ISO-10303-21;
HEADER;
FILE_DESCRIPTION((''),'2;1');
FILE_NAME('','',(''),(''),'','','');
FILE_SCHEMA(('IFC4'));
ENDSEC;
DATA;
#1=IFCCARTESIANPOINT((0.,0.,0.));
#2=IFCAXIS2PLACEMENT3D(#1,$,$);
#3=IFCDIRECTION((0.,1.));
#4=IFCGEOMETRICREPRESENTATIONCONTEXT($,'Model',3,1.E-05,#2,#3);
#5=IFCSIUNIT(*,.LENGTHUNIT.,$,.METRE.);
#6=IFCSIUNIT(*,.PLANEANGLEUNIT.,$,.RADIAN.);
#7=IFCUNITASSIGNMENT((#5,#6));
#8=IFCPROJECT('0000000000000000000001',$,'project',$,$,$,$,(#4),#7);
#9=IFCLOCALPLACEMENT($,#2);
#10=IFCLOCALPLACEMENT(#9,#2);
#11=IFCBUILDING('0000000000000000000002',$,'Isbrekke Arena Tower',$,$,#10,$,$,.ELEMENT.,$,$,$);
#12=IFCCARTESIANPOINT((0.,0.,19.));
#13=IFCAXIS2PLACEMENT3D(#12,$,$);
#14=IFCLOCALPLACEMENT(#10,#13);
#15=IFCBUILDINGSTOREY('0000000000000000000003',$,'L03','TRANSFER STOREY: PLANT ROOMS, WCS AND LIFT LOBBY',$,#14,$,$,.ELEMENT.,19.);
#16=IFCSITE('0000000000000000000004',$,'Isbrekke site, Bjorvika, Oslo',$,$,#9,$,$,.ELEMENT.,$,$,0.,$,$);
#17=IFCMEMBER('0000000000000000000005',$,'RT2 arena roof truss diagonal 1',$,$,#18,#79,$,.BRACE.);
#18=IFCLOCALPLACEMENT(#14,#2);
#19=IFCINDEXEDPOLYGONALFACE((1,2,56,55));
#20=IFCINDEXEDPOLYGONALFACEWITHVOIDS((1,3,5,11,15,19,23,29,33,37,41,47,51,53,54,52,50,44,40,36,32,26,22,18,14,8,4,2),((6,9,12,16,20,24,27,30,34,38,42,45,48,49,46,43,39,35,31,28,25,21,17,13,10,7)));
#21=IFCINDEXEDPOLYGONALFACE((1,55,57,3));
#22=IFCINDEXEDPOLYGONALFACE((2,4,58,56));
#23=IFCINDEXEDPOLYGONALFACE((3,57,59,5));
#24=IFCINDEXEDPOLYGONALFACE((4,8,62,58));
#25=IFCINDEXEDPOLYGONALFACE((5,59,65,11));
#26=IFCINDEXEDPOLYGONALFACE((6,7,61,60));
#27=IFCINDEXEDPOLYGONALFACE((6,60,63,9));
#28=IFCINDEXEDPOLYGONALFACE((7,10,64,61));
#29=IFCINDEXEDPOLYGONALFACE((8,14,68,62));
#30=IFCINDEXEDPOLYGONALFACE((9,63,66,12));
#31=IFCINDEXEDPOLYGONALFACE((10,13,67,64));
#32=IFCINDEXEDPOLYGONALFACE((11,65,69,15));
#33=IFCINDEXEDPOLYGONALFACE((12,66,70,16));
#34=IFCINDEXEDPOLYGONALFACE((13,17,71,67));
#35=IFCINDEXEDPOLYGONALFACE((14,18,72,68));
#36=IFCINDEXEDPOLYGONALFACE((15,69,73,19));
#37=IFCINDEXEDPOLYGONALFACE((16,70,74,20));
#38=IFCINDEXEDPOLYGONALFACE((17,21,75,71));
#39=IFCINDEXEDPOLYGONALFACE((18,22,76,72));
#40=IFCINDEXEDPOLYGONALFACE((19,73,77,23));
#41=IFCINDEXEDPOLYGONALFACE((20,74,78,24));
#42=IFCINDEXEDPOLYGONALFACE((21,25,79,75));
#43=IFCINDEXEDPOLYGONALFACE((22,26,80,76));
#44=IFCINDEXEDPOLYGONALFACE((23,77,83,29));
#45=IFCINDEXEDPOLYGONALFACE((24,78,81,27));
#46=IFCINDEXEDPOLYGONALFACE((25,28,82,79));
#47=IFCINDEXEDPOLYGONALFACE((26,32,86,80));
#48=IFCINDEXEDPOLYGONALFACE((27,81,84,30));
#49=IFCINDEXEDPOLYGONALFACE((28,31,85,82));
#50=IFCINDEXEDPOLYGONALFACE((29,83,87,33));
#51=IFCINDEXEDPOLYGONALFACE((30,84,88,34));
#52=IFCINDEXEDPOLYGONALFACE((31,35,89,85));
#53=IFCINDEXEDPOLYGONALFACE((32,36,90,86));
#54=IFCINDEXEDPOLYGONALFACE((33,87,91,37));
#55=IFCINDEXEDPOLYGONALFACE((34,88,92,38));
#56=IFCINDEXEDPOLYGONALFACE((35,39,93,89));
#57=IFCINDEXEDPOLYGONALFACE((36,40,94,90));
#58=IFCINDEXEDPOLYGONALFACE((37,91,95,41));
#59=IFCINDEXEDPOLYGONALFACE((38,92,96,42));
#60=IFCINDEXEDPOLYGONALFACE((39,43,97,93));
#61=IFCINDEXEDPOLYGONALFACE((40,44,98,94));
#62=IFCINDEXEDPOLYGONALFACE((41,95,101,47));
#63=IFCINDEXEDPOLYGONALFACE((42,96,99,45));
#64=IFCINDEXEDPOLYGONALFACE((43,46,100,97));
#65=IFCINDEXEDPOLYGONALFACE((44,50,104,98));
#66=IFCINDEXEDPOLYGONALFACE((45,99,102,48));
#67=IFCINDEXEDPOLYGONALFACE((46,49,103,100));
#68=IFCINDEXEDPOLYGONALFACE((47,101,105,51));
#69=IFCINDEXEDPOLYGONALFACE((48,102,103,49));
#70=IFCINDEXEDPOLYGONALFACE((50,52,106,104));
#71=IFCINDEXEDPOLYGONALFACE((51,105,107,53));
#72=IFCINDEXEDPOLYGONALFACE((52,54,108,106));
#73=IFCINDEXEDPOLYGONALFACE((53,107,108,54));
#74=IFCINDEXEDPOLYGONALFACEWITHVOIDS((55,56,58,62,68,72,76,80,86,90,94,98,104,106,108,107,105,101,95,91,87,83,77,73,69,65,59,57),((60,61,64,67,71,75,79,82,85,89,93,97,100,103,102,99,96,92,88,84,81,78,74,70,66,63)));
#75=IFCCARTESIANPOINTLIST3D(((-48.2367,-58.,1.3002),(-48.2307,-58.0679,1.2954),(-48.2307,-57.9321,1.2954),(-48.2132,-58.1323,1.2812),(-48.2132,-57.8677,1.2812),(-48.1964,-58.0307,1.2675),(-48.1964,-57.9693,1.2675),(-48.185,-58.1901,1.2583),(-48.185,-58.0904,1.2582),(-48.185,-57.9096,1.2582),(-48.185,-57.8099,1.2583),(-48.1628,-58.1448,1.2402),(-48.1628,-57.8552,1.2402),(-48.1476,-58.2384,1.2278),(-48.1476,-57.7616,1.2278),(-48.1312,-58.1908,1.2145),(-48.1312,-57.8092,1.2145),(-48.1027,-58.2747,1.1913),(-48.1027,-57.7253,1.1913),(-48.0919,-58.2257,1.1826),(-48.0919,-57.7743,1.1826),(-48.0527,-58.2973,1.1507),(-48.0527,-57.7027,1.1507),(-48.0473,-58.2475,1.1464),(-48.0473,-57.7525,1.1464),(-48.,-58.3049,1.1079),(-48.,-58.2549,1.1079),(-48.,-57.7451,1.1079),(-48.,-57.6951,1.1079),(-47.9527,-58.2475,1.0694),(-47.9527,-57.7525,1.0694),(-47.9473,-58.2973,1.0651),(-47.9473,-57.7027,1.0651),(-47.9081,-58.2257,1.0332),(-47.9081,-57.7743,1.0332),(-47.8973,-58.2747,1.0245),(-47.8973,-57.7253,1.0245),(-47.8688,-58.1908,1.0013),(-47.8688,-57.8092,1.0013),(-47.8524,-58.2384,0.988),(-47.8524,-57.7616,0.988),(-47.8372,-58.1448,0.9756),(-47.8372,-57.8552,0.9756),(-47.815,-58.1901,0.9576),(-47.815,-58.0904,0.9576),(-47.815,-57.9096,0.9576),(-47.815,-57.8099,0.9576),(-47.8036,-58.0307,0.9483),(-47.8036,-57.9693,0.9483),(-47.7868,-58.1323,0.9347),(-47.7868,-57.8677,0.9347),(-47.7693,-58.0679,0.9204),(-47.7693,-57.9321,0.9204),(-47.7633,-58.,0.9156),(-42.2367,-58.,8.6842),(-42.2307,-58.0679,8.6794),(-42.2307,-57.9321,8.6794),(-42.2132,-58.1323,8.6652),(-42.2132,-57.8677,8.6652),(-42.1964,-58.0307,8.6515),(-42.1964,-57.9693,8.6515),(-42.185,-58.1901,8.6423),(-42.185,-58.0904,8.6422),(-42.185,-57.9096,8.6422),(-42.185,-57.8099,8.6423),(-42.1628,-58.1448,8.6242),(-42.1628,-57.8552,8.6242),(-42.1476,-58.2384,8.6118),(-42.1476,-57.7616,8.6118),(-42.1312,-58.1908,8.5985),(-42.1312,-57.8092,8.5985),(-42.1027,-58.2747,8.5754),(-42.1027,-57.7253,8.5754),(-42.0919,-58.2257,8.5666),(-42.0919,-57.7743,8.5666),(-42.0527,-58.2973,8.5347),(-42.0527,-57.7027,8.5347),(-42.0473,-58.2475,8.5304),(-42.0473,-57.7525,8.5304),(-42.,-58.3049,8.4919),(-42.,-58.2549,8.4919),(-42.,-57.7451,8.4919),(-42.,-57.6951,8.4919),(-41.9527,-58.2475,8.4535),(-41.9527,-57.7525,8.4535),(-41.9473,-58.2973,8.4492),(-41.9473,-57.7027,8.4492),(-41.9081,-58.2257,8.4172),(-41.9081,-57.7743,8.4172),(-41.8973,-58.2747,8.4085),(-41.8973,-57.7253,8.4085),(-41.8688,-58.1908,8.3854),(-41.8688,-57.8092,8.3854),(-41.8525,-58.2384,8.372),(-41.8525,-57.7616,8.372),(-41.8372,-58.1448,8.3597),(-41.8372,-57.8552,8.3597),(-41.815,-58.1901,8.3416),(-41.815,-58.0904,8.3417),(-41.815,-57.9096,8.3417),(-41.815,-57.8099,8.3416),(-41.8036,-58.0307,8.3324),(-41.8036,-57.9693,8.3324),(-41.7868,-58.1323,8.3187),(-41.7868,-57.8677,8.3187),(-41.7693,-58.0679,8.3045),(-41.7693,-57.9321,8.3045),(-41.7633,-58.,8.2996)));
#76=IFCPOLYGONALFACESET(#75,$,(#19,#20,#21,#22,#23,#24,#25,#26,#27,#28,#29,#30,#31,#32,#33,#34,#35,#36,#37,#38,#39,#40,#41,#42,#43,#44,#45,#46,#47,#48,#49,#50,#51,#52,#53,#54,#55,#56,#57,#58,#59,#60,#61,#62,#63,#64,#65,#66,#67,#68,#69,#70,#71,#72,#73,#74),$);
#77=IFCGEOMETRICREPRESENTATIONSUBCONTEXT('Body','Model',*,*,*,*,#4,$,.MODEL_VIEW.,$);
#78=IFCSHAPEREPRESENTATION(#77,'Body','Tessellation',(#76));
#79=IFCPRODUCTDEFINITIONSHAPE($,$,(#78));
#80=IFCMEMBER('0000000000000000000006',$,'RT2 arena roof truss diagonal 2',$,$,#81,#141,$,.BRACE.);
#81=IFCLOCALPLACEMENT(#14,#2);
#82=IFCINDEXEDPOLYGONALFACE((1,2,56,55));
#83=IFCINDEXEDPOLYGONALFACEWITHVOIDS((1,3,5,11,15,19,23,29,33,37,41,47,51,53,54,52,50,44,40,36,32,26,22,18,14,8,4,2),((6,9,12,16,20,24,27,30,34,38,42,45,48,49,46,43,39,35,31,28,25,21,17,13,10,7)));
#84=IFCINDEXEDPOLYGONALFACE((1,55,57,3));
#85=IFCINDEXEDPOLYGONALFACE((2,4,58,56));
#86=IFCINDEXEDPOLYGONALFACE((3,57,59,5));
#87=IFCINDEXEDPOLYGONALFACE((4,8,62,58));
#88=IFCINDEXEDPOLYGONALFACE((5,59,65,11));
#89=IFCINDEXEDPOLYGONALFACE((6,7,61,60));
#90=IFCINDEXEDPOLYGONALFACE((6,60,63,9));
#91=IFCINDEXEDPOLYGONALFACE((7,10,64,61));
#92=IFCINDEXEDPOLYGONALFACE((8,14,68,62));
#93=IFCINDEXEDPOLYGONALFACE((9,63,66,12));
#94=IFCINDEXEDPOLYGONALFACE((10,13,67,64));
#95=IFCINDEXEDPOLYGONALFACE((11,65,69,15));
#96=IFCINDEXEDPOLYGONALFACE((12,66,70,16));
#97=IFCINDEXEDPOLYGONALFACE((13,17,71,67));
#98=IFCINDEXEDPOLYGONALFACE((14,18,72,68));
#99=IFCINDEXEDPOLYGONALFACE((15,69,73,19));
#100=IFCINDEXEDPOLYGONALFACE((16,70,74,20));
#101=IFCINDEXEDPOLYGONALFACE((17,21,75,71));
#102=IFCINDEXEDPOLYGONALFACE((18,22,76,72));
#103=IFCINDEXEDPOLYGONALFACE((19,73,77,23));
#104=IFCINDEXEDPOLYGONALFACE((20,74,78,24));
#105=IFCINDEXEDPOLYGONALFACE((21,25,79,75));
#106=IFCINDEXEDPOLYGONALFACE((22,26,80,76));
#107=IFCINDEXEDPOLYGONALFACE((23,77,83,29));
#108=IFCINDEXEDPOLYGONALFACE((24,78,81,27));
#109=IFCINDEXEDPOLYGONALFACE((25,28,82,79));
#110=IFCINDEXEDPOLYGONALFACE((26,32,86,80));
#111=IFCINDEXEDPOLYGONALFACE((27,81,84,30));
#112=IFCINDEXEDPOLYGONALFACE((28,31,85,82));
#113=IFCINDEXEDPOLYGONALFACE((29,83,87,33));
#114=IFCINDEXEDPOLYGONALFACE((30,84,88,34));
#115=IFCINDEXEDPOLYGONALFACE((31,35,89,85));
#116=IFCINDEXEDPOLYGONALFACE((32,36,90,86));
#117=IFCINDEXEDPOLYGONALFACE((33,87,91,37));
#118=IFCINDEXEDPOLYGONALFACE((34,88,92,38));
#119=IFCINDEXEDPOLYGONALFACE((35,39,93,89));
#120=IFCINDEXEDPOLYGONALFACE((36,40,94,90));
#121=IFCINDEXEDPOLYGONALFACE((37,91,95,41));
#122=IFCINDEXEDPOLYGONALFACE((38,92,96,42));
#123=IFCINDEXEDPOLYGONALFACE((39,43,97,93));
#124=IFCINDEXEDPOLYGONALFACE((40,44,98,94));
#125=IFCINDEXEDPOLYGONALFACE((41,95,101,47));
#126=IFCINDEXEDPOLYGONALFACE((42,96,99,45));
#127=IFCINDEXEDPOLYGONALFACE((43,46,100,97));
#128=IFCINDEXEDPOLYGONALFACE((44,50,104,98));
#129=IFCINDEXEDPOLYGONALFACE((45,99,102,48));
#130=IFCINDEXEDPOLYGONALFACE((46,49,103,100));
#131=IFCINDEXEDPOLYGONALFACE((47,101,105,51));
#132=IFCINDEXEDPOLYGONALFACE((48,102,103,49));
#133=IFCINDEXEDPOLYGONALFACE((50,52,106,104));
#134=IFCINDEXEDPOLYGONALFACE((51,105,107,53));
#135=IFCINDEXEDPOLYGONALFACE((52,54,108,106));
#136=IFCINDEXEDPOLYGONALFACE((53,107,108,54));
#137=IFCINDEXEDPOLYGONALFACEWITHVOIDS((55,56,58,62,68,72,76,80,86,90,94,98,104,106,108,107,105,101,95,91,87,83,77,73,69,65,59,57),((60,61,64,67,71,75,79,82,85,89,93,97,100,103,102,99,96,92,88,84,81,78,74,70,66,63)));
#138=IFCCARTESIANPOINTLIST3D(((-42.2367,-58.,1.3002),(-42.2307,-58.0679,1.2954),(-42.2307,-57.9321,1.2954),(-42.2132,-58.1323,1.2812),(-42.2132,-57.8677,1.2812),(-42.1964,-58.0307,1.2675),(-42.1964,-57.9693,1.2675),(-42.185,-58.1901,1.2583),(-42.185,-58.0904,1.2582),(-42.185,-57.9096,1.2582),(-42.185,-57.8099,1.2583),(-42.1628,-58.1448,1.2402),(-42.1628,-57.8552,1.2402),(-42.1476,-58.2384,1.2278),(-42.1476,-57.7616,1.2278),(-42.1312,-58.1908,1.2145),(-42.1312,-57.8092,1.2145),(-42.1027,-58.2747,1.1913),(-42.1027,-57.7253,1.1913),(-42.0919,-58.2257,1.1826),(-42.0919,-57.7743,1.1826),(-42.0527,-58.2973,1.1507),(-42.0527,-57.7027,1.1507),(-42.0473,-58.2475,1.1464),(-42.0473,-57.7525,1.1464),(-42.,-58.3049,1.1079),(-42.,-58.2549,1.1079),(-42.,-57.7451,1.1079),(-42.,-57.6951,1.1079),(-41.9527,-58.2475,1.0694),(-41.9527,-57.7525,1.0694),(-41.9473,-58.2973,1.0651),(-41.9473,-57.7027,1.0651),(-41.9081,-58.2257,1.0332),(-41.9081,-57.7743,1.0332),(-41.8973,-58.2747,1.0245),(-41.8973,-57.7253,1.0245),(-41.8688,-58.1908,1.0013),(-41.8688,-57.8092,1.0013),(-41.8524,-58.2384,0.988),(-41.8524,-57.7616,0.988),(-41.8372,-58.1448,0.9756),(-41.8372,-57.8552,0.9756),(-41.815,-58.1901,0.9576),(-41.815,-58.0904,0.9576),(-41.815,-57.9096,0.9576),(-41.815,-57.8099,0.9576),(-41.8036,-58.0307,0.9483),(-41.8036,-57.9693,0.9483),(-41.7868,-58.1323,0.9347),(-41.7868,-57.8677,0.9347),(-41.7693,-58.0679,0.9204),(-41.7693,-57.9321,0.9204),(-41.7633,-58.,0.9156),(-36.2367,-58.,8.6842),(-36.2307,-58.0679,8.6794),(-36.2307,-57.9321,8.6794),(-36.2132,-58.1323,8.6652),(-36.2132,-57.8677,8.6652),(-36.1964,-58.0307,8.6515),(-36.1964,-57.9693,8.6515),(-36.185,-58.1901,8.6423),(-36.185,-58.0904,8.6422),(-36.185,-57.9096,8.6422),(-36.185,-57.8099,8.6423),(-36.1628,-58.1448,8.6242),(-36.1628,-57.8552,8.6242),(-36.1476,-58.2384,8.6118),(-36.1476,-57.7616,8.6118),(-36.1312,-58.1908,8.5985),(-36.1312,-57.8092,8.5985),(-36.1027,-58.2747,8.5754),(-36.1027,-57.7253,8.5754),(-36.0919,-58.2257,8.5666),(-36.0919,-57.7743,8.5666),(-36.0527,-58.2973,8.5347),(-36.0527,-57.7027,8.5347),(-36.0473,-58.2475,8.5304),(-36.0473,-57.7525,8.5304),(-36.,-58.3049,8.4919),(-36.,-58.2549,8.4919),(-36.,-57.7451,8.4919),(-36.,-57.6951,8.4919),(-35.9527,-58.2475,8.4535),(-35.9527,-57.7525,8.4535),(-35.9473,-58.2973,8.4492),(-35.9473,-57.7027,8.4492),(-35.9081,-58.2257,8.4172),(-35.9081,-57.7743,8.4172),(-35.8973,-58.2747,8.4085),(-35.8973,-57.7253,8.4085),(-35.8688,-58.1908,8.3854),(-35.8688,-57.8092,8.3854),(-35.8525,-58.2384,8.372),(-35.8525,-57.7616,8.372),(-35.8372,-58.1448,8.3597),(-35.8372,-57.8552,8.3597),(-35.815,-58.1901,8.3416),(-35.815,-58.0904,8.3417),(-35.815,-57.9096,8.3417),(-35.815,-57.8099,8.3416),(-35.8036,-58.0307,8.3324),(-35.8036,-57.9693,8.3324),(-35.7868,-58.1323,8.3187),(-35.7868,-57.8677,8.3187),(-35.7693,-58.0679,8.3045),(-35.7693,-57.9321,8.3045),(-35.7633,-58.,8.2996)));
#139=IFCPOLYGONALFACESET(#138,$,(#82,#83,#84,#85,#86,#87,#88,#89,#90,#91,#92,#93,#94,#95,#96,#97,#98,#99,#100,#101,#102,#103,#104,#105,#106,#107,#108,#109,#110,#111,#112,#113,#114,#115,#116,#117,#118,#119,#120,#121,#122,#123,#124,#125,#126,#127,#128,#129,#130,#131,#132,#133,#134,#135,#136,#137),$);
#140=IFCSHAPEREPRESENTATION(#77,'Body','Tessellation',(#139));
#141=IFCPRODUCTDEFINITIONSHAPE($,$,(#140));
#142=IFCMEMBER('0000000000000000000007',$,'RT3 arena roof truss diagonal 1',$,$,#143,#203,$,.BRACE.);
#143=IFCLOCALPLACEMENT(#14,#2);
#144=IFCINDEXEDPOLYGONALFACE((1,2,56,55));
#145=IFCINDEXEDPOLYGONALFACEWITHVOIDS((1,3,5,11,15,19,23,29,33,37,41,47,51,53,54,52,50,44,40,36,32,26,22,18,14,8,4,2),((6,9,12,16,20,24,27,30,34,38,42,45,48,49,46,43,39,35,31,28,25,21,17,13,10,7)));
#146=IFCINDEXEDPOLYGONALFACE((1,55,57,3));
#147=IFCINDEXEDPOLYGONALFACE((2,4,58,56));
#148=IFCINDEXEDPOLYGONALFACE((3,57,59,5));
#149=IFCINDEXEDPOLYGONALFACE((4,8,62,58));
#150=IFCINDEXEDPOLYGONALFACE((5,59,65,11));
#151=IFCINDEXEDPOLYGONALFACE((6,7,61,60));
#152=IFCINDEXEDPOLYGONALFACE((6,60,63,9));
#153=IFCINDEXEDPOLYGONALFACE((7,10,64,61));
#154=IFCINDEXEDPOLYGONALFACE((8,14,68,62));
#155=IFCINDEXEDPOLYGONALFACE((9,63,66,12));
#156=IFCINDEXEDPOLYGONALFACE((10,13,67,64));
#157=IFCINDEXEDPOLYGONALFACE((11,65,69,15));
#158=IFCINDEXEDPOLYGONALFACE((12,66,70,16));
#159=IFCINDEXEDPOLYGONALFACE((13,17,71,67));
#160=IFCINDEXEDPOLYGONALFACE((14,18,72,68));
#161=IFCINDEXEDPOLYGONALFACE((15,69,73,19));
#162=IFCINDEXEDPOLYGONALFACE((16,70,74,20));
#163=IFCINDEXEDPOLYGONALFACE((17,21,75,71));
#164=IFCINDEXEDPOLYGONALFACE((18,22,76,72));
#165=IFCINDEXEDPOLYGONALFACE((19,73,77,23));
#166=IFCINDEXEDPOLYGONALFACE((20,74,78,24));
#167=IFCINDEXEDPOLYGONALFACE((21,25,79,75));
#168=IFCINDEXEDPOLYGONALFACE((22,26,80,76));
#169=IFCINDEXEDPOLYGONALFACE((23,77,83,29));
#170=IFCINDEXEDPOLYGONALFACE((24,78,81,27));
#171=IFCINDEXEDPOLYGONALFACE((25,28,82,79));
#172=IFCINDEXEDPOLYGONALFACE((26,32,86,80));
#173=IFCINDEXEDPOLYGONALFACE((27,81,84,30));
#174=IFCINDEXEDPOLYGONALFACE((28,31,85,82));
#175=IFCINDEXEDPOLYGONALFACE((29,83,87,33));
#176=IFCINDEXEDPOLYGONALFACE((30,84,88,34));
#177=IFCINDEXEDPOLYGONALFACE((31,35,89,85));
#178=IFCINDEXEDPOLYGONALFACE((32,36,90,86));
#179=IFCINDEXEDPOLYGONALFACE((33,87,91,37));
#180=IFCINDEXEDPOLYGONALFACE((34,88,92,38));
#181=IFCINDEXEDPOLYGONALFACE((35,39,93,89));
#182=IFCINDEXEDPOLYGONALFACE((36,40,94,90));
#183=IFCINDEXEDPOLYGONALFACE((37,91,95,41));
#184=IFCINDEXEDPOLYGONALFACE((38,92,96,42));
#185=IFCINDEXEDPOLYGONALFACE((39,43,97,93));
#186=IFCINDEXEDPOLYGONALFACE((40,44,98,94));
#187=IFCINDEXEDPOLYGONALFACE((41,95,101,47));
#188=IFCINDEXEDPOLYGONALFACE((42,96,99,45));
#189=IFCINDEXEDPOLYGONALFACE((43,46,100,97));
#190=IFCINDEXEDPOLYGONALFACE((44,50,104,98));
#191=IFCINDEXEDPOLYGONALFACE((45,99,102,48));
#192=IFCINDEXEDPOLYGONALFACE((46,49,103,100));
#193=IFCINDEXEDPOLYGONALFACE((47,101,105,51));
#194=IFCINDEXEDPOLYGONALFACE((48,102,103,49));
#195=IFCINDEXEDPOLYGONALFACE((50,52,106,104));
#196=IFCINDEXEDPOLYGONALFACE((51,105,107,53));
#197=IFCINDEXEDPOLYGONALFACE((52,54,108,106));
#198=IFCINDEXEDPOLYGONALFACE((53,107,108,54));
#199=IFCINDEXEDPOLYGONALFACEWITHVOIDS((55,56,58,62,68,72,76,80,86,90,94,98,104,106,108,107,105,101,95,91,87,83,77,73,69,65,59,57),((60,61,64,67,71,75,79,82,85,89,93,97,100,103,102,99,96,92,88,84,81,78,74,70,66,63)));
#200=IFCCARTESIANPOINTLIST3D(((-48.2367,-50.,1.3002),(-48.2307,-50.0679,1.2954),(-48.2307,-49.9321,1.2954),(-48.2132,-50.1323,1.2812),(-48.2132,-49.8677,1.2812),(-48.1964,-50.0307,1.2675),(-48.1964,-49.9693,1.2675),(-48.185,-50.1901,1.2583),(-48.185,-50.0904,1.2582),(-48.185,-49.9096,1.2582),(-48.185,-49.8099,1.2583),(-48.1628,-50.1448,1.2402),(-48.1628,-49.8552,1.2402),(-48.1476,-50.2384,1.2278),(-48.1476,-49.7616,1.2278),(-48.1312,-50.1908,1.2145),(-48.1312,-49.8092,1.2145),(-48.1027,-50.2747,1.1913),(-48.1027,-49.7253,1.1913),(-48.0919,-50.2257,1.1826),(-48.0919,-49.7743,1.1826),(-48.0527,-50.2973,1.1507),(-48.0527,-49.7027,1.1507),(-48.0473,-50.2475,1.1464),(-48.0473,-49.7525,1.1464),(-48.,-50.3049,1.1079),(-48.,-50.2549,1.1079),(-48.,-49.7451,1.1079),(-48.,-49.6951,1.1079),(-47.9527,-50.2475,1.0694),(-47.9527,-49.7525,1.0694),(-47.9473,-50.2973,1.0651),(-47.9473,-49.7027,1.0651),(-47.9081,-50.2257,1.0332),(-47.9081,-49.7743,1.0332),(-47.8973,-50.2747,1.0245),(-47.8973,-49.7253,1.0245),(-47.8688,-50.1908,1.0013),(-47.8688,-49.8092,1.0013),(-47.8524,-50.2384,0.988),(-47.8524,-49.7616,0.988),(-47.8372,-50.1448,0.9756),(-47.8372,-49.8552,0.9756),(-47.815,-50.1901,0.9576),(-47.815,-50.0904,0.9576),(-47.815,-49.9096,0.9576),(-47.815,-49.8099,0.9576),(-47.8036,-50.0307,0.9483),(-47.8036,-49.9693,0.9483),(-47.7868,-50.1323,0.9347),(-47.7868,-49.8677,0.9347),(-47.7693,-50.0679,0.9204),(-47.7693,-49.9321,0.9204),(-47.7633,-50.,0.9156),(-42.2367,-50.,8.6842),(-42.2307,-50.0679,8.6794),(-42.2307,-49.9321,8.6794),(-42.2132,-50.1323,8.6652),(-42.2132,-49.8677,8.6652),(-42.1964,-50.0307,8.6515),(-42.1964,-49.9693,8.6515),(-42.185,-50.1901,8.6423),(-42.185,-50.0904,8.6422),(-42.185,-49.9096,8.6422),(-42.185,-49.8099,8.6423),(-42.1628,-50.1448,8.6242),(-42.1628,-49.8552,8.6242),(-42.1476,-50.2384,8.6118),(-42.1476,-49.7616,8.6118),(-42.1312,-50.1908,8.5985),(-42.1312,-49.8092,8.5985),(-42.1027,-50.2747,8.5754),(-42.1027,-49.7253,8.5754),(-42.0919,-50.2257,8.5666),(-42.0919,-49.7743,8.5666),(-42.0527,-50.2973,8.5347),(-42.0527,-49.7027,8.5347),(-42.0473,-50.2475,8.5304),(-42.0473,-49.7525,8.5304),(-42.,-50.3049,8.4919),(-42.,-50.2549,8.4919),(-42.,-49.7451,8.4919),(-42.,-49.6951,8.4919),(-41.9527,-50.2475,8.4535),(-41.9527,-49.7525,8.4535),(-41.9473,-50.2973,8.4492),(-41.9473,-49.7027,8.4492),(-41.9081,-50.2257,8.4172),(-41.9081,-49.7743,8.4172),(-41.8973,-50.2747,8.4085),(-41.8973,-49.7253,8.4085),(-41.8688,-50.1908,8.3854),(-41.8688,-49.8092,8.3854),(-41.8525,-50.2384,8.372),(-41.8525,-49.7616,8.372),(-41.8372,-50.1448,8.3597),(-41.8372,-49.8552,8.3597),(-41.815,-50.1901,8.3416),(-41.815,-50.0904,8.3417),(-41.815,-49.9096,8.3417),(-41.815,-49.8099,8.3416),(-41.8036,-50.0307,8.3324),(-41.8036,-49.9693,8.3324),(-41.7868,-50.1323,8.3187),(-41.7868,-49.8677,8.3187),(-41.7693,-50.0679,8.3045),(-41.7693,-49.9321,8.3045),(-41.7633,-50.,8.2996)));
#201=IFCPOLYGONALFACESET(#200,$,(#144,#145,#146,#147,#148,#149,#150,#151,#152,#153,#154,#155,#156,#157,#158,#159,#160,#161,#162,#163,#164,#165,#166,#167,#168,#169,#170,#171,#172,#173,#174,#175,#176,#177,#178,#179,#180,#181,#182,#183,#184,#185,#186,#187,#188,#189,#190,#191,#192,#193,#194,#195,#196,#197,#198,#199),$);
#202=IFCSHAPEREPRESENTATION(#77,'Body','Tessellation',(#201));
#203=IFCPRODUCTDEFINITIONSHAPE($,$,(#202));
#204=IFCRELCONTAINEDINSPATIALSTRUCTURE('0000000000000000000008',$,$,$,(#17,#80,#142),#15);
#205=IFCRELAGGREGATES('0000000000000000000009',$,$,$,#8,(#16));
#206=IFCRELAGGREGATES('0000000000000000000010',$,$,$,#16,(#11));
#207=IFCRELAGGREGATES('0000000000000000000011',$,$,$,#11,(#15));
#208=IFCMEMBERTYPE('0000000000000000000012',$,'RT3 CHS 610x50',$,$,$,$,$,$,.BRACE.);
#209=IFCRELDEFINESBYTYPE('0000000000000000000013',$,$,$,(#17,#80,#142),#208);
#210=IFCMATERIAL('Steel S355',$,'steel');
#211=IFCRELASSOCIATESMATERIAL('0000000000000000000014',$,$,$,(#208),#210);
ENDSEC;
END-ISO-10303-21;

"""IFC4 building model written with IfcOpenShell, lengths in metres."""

from ifc_helpers import new_model, si_unit, direction, frame, origin, origin_2d, place, context, subcontext, project, spatial, hollow_circle, extrude, material, material_profile, profile_set, type_object, element, save


model = new_model("IFC4")

# Units and contexts
model_context = context("Model", 3, precision=1e-05, world=origin(), true_north=direction((0.0, 1.0)))
body_context = subcontext(model_context, "Body", "Model", "MODEL_VIEW")
ifc_project = project(units=[si_unit("LENGTHUNIT", "METRE"), si_unit("PLANEANGLEUNIT", "RADIAN")], contexts=[model_context])

# Site, building, storey
site_placement = place(None, origin())
site = spatial("IfcSite", under=ifc_project, at=site_placement, Name="Isbrekke site, Bjorvika, Oslo", CompositionType="ELEMENT", RefElevation=0.0)
building_placement = place(site_placement, origin())
building = spatial("IfcBuilding", under=site, at=building_placement, Name="Isbrekke Arena Tower", CompositionType="ELEMENT")
storey_placement = place(building_placement, frame((0.0, 0.0, 19.0)))
storey = spatial("IfcBuildingStorey", under=building, at=storey_placement, Name="L03", Description="TRANSFER STOREY: PLANT ROOMS, WCS AND LIFT LOBBY", CompositionType="ELEMENT", Elevation=19.0)

# Members
ifc_material_1 = material(Name="Steel S355", Category="steel")
ifc_material_profile_1 = material_profile(ifc_material_1, hollow_circle(Radius=0.3049, WallThickness=0.05, at=origin_2d()), Name="CHS 610x50")
ifc_profile_set_1 = profile_set([ifc_material_profile_1], Name="Steel S355")
member_type_1 = type_object("IfcMemberType", Name="RT3 CHS 610x50", PredefinedType="BRACE", material=ifc_profile_set_1)
for number, where, z_axis, x_axis, name in (
    (1, (-48.0, -58.0, 1.1079), (0.630623, 0.0, 0.77609), (0.0, 1.0, 0.0), "RT2 arena roof truss diagonal 1"),
    (2, (-42.0, -58.0, 1.1079), (0.630623, 0.0, 0.77609), (0.0, 1.0, 0.0), "RT2 arena roof truss diagonal 2"),
    (3, (-48.0, -50.0, 1.1079), (0.630623, 0.0, 0.77609), (0.0, 1.0, 0.0), "RT3 arena roof truss diagonal 1"),
):
    element("IfcMember", number, at=place(storey_placement, frame(where, z_axis=z_axis, x_axis=x_axis)), inside=storey, type_object=member_type_1, Name=name, PredefinedType="BRACE", context=body_context, shape_type="SweptSolid", body=[
        extrude(hollow_circle(Radius=0.3049, WallThickness=0.05, at=origin_2d()), origin(), (0.0, 0.0, 1.0), 9.5144),
    ])

save(model, "model.ifc")
